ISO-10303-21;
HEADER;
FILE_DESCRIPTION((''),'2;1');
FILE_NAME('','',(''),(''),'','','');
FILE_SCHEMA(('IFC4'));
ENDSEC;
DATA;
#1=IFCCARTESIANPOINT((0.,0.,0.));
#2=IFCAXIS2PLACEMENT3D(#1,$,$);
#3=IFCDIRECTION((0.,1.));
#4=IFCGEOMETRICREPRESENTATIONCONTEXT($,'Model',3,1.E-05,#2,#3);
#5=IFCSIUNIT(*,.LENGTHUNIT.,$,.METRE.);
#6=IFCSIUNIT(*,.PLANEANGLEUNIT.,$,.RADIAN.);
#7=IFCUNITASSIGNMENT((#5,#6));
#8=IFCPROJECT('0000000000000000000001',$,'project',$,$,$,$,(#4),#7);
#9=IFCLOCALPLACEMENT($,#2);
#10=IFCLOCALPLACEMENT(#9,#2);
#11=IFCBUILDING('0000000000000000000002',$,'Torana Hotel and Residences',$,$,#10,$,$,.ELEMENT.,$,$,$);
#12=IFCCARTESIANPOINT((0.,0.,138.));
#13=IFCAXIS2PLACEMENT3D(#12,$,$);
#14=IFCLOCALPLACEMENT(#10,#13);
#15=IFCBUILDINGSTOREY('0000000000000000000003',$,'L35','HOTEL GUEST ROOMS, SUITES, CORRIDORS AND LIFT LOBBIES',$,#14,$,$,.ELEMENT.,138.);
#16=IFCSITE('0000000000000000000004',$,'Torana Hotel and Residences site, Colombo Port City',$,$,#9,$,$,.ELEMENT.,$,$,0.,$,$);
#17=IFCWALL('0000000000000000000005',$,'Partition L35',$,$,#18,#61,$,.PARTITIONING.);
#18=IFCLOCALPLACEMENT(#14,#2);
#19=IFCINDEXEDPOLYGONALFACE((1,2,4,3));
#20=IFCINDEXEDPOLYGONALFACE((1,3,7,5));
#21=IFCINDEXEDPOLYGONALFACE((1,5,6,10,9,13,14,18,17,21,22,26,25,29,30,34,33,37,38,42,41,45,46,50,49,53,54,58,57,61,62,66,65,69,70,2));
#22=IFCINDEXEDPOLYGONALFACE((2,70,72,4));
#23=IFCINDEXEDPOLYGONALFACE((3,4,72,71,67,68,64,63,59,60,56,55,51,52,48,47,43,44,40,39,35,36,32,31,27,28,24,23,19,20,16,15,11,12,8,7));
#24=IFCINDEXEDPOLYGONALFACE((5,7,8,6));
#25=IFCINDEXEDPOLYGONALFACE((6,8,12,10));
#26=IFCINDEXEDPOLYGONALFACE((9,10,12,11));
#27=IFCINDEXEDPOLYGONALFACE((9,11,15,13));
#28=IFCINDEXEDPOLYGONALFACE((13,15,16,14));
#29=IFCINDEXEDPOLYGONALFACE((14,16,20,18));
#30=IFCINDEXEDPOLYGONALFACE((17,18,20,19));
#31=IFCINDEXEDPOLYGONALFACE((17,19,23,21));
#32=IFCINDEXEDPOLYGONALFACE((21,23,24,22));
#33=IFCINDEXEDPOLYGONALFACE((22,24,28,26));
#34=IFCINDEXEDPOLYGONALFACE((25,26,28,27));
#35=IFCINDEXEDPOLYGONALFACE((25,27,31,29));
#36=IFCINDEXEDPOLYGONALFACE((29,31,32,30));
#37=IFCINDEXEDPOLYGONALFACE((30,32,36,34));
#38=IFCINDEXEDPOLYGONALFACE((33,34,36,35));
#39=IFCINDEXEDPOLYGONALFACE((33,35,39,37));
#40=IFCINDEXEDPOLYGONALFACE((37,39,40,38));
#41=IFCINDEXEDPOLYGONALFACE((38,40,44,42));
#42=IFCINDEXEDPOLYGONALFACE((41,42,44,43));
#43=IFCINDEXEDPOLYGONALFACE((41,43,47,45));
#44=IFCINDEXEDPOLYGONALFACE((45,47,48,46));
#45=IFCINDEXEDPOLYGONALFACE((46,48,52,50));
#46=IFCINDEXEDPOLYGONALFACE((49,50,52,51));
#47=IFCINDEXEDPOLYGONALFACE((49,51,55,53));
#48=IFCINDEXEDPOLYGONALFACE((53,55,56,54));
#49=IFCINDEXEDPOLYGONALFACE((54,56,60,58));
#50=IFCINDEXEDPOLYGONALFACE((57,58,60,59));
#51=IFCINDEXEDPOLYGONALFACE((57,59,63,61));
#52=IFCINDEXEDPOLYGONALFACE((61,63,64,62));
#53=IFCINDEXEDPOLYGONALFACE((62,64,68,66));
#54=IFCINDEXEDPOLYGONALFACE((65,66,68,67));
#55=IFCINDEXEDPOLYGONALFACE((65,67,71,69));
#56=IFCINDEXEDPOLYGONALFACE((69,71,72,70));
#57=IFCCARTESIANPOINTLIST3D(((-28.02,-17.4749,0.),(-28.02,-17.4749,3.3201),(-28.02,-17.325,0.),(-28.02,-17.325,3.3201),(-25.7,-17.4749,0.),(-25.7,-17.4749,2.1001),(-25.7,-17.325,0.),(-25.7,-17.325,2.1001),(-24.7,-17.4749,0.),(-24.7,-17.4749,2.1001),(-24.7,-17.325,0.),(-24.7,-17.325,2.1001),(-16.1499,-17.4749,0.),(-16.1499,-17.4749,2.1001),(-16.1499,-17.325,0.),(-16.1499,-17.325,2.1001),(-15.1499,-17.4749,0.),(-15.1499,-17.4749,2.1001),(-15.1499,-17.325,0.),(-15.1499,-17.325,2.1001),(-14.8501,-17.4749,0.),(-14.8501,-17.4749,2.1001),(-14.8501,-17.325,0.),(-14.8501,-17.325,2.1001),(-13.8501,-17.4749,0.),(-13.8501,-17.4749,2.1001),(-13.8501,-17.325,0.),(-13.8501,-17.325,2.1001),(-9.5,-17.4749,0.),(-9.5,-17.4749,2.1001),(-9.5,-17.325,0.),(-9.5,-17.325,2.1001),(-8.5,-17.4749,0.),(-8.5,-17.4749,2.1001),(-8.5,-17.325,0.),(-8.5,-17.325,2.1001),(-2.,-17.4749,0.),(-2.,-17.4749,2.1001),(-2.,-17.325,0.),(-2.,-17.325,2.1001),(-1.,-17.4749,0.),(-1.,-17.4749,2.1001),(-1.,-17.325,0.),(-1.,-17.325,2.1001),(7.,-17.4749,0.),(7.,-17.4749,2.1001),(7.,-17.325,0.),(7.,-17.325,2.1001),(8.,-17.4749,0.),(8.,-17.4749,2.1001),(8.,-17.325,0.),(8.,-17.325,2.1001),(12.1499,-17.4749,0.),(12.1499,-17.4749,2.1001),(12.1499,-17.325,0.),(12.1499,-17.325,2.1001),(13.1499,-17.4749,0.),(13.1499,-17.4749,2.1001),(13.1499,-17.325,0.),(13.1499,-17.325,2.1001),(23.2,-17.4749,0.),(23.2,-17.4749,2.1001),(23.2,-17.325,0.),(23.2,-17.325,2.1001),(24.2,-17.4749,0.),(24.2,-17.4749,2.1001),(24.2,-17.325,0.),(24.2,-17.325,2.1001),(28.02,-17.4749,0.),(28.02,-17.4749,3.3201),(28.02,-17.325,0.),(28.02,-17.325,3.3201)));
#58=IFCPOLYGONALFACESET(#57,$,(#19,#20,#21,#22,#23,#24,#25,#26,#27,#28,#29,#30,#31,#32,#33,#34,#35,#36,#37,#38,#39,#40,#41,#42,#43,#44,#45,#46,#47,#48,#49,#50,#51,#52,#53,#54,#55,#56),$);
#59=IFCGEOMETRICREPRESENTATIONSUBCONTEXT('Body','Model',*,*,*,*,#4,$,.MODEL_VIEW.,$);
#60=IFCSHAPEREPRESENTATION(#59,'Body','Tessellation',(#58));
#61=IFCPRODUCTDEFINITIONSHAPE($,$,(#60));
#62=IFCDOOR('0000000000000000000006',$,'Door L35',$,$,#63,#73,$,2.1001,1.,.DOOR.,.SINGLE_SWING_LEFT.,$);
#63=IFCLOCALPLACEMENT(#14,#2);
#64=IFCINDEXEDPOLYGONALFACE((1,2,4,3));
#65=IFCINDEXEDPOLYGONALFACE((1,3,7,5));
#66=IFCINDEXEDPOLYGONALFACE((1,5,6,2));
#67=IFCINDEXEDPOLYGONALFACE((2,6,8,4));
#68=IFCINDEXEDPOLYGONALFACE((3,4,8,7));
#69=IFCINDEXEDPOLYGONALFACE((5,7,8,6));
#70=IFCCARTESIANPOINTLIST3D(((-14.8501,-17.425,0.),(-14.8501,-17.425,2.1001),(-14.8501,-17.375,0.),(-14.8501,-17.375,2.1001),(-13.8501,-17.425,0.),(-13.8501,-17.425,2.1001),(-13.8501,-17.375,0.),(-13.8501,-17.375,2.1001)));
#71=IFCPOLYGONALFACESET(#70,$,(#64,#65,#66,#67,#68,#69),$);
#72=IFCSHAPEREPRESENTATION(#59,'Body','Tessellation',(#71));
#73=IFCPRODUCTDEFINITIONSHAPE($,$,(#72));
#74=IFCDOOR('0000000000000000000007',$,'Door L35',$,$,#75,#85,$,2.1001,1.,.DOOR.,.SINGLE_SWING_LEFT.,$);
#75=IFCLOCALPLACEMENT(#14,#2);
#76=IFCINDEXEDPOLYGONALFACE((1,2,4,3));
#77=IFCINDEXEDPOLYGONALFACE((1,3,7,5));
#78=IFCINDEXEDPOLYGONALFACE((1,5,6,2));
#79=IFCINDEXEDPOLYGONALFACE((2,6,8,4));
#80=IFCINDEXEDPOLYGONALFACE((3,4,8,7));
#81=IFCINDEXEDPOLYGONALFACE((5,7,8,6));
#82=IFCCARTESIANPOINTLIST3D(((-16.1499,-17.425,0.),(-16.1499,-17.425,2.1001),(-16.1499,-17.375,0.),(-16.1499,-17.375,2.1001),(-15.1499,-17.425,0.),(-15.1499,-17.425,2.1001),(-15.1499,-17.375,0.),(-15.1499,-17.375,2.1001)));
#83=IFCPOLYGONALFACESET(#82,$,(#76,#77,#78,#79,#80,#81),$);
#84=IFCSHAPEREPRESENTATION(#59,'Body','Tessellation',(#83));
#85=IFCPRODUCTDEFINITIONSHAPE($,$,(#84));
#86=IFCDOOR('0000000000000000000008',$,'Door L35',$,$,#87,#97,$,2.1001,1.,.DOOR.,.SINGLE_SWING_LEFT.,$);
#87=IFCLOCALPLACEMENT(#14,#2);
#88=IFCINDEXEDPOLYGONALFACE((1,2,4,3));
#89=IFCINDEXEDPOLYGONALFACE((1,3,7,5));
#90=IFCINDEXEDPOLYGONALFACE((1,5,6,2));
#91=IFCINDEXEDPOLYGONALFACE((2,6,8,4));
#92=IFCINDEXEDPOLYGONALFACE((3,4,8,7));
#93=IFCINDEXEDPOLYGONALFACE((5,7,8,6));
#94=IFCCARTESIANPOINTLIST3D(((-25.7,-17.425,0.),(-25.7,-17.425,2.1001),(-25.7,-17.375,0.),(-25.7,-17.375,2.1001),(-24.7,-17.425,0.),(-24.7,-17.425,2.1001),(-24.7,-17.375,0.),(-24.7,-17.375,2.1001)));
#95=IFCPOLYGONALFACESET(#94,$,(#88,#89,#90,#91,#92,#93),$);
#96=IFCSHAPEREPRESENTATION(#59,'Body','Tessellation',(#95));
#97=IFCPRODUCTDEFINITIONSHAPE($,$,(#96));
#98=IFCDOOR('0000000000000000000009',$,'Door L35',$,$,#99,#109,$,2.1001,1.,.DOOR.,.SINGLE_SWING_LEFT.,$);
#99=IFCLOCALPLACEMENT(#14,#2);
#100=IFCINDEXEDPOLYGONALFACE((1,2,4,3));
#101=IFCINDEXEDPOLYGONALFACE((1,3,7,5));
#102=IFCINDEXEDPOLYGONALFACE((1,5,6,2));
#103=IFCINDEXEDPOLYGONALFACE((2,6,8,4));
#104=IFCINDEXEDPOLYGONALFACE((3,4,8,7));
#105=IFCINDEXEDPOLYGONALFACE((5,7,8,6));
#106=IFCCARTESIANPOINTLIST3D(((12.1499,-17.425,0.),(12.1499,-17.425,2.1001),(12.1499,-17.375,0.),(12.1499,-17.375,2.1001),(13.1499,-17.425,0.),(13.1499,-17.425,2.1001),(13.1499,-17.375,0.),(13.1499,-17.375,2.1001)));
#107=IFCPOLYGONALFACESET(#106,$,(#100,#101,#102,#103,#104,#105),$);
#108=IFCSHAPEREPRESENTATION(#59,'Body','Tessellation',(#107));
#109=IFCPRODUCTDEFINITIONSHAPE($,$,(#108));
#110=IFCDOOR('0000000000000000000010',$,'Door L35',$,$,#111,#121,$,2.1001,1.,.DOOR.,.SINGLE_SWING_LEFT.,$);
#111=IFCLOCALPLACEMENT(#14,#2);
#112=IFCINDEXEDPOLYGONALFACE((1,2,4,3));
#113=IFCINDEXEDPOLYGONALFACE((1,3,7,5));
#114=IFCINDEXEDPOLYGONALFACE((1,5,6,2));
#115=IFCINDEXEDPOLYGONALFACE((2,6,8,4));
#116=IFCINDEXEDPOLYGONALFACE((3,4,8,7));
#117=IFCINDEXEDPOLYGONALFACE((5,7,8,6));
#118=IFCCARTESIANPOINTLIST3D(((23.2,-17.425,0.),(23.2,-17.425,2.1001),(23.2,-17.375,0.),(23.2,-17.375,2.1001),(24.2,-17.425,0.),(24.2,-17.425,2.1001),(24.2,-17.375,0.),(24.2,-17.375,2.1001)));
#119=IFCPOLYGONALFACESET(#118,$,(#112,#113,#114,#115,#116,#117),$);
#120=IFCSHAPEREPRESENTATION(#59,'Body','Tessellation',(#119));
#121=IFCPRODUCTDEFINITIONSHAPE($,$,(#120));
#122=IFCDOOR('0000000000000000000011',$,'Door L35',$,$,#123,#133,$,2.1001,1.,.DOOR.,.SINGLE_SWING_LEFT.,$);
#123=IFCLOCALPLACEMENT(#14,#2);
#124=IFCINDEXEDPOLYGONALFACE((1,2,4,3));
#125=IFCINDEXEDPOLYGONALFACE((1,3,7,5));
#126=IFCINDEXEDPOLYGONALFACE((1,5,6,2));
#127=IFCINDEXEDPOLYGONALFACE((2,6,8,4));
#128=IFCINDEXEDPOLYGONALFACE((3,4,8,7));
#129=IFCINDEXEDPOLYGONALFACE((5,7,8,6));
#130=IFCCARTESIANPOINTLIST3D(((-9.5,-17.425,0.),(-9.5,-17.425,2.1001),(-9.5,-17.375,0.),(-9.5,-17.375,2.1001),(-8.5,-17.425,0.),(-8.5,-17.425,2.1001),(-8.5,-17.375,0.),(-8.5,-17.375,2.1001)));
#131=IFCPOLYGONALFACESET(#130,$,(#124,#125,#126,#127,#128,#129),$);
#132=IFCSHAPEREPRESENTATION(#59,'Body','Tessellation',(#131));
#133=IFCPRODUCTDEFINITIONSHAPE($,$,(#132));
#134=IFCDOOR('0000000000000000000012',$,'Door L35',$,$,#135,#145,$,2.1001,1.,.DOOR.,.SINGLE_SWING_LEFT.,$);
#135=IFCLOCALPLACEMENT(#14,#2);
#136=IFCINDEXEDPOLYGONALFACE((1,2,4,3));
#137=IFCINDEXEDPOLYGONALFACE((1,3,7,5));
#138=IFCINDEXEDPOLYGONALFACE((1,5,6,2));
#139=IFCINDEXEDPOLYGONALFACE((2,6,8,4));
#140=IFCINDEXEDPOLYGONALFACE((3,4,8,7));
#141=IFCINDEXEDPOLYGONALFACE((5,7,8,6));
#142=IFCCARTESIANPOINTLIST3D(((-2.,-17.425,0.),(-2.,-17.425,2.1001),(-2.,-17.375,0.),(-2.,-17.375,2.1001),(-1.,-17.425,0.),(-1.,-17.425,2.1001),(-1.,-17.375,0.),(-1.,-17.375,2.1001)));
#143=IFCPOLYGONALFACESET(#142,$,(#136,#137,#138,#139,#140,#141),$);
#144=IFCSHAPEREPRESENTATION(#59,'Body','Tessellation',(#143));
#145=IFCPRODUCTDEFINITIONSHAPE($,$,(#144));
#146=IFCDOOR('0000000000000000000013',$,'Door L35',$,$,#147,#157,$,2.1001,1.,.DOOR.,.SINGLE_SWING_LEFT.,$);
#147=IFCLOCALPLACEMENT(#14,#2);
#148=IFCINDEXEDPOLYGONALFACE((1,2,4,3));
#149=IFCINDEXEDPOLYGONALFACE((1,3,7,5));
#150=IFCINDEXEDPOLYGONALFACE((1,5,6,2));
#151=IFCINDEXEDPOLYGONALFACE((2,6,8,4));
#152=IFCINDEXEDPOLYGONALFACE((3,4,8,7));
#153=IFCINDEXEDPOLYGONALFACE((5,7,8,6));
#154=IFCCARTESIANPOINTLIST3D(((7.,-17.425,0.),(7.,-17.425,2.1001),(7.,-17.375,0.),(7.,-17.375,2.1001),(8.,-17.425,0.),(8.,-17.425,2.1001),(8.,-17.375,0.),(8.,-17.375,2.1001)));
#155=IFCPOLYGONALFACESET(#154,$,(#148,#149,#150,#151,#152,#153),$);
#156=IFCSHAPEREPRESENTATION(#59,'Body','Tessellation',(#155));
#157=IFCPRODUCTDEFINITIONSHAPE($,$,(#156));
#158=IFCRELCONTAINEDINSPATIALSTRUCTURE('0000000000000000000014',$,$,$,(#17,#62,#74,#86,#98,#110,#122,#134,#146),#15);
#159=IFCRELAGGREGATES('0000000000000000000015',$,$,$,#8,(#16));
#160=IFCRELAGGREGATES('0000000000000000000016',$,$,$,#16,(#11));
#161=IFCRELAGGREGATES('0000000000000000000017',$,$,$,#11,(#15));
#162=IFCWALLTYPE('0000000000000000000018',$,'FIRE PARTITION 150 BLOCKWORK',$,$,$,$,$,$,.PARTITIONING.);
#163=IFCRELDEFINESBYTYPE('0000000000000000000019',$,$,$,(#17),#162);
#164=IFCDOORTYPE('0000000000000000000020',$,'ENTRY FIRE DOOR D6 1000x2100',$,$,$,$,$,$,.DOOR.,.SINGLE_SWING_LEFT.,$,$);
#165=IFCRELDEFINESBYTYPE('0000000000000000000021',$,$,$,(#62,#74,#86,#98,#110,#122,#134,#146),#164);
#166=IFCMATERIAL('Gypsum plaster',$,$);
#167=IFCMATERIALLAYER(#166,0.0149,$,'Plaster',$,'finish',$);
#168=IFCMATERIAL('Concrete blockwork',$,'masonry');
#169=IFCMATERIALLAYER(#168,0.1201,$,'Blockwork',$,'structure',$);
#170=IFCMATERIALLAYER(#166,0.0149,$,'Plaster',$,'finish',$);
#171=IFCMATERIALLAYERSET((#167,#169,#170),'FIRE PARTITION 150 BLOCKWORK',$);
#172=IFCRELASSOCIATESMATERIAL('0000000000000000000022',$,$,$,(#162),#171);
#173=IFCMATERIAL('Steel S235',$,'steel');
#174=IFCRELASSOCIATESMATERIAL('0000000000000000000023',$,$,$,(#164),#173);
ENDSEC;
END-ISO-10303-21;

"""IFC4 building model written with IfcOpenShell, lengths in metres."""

from ifc_helpers import new_model, si_unit, direction, frame, frame_2d, origin, place, context, subcontext, project, spatial, rectangle, extrude, material, layer, layer_set, type_object, element, fill, save


model = new_model("IFC4")

# Units and contexts
model_context = context("Model", 3, precision=1e-05, world=origin(), true_north=direction((0.0, 1.0)))
body_context = subcontext(model_context, "Body", "Model", "MODEL_VIEW")
ifc_project = project(units=[si_unit("LENGTHUNIT", "METRE"), si_unit("PLANEANGLEUNIT", "RADIAN")], contexts=[model_context])

# Site, building, storey
site_placement = place(None, origin())
site = spatial("IfcSite", under=ifc_project, at=site_placement, Name="Torana Hotel and Residences site, Colombo Port City", CompositionType="ELEMENT", RefElevation=0.0)
building_placement = place(site_placement, origin())
building = spatial("IfcBuilding", under=site, at=building_placement, Name="Torana Hotel and Residences", CompositionType="ELEMENT")
storey_placement = place(building_placement, frame((0.0, 0.0, 138.0)))
storey = spatial("IfcBuildingStorey", under=building, at=storey_placement, Name="L35", Description="HOTEL GUEST ROOMS, SUITES, CORRIDORS AND LIFT LOBBIES", CompositionType="ELEMENT", Elevation=138.0)

# Wall, openings, doors
ifc_material_1 = material(Name="Gypsum plaster")
ifc_layer_1 = layer(ifc_material_1, 0.0149, Name="Plaster", Category="finish")
ifc_material_2 = material(Name="Concrete blockwork", Category="masonry")
ifc_layer_2 = layer(ifc_material_2, 0.1201, Name="Blockwork", Category="structure")
ifc_layer_3 = layer(ifc_material_1, 0.0149, Name="Plaster", Category="finish")
ifc_layer_set_1 = layer_set([ifc_layer_1, ifc_layer_2, ifc_layer_3], Name="FIRE PARTITION 150 BLOCKWORK")
wall_type_1 = type_object("IfcWallType", Name="FIRE PARTITION 150 BLOCKWORK", PredefinedType="PARTITIONING", material=ifc_layer_set_1)
wall_1_placement = place(storey_placement, frame((-28.02, -17.3999, 0.0), z_axis=(0.0, 0.0, 1.0), x_axis=(1.0, 0.0, 0.0)))
wall_1 = element("IfcWall", 1, at=wall_1_placement, inside=storey, type_object=wall_type_1, Name="Partition L35", PredefinedType="PARTITIONING", context=body_context, shape_type="SweptSolid", body=[
    extrude(rectangle(XDim=56.04, YDim=0.1499, at=frame_2d((28.02, 0.0))), origin(), (0.0, 0.0, 1.0), 3.3201),
])
opening_1_placement = place(wall_1_placement, frame((13.1699, 0.0, 0.0)))
opening_1 = element("IfcOpeningElement", 2, at=opening_1_placement, cuts=wall_1, PredefinedType="OPENING", context=body_context, shape_type="SweptSolid", body=[
    extrude(rectangle(XDim=1.0, YDim=2.1001, at=frame_2d((0.5, 1.05))), frame((0.0, 0.085, 0.0), z_axis=(0.0, -1.0, 0.0), x_axis=(1.0, 0.0, 0.0)), (0.0, 0.0, 1.0), 0.1699),
])
opening_2_placement = place(wall_1_placement, frame((11.8701, 0.0, 0.0)))
opening_2 = element("IfcOpeningElement", 3, at=opening_2_placement, cuts=wall_1, PredefinedType="OPENING", context=body_context, shape_type="SweptSolid", body=[
    extrude(rectangle(XDim=1.0, YDim=2.1001, at=frame_2d((0.5, 1.05))), frame((0.0, 0.085, 0.0), z_axis=(0.0, -1.0, 0.0), x_axis=(1.0, 0.0, 0.0)), (0.0, 0.0, 1.0), 0.1699),
])
opening_3_placement = place(wall_1_placement, frame((2.3201, 0.0, 0.0)))
opening_3 = element("IfcOpeningElement", 4, at=opening_3_placement, cuts=wall_1, PredefinedType="OPENING", context=body_context, shape_type="SweptSolid", body=[
    extrude(rectangle(XDim=1.0, YDim=2.1001, at=frame_2d((0.5, 1.05))), frame((0.0, 0.085, 0.0), z_axis=(0.0, -1.0, 0.0), x_axis=(1.0, 0.0, 0.0)), (0.0, 0.0, 1.0), 0.1699),
])
opening_4_placement = place(wall_1_placement, frame((40.1699, 0.0, 0.0)))
opening_4 = element("IfcOpeningElement", 5, at=opening_4_placement, cuts=wall_1, PredefinedType="OPENING", context=body_context, shape_type="SweptSolid", body=[
    extrude(rectangle(XDim=1.0, YDim=2.1001, at=frame_2d((0.5, 1.05))), frame((0.0, 0.085, 0.0), z_axis=(0.0, -1.0, 0.0), x_axis=(1.0, 0.0, 0.0)), (0.0, 0.0, 1.0), 0.1699),
])
opening_5_placement = place(wall_1_placement, frame((51.22, 0.0, 0.0)))
opening_5 = element("IfcOpeningElement", 6, at=opening_5_placement, cuts=wall_1, PredefinedType="OPENING", context=body_context, shape_type="SweptSolid", body=[
    extrude(rectangle(XDim=1.0, YDim=2.1001, at=frame_2d((0.5, 1.05))), frame((0.0, 0.085, 0.0), z_axis=(0.0, -1.0, 0.0), x_axis=(1.0, 0.0, 0.0)), (0.0, 0.0, 1.0), 0.1699),
])
opening_6_placement = place(wall_1_placement, frame((18.52, 0.0, 0.0)))
opening_6 = element("IfcOpeningElement", 7, at=opening_6_placement, cuts=wall_1, PredefinedType="OPENING", context=body_context, shape_type="SweptSolid", body=[
    extrude(rectangle(XDim=1.0, YDim=2.1001, at=frame_2d((0.5, 1.05))), frame((0.0, 0.085, 0.0), z_axis=(0.0, -1.0, 0.0), x_axis=(1.0, 0.0, 0.0)), (0.0, 0.0, 1.0), 0.1699),
])
opening_7_placement = place(wall_1_placement, frame((26.02, 0.0, 0.0)))
opening_7 = element("IfcOpeningElement", 8, at=opening_7_placement, cuts=wall_1, PredefinedType="OPENING", context=body_context, shape_type="SweptSolid", body=[
    extrude(rectangle(XDim=1.0, YDim=2.1001, at=frame_2d((0.5, 1.05))), frame((0.0, 0.085, 0.0), z_axis=(0.0, -1.0, 0.0), x_axis=(1.0, 0.0, 0.0)), (0.0, 0.0, 1.0), 0.1699),
])
opening_8_placement = place(wall_1_placement, frame((35.02, 0.0, 0.0)))
opening_8 = element("IfcOpeningElement", 9, at=opening_8_placement, cuts=wall_1, PredefinedType="OPENING", context=body_context, shape_type="SweptSolid", body=[
    extrude(rectangle(XDim=1.0, YDim=2.1001, at=frame_2d((0.5, 1.05))), frame((0.0, 0.085, 0.0), z_axis=(0.0, -1.0, 0.0), x_axis=(1.0, 0.0, 0.0)), (0.0, 0.0, 1.0), 0.1699),
])
ifc_material_3 = material(Name="Steel S235", Category="steel")
door_type_1 = type_object("IfcDoorType", Name="ENTRY FIRE DOOR D6 1000x2100", OperationType="SINGLE_SWING_LEFT", PredefinedType="DOOR", material=ifc_material_3)
door_1_placement = place(opening_1_placement, frame((0.5, 0.0, 0.0), z_axis=(0.0, 0.0, 1.0), x_axis=(-1.0, 0.0, 0.0)))
door_1 = element("IfcDoor", 10, at=door_1_placement, inside=storey, type_object=door_type_1, Name="Door L35", OperationType="SINGLE_SWING_LEFT", OverallHeight=2.1001, OverallWidth=1.0, PredefinedType="DOOR", context=body_context, shape_type="SweptSolid", body=[
    extrude(rectangle(XDim=1.0, YDim=2.1001, at=frame_2d((0.0, 1.05))), frame((0.0, -0.0249, 0.0), z_axis=(0.0, 1.0, 0.0), x_axis=(-1.0, 0.0, 0.0)), (0.0, 0.0, 1.0), 0.05),
])
fill(opening_1, door_1)
door_2_placement = place(opening_2_placement, frame((0.5, 0.0, 0.0), z_axis=(0.0, 0.0, 1.0), x_axis=(-1.0, 0.0, 0.0)))
door_2 = element("IfcDoor", 11, at=door_2_placement, inside=storey, type_object=door_type_1, Name="Door L35", OperationType="SINGLE_SWING_LEFT", OverallHeight=2.1001, OverallWidth=1.0, PredefinedType="DOOR", context=body_context, shape_type="SweptSolid", body=[
    extrude(rectangle(XDim=1.0, YDim=2.1001, at=frame_2d((0.0, 1.05))), frame((0.0, -0.0249, 0.0), z_axis=(0.0, 1.0, 0.0), x_axis=(-1.0, 0.0, 0.0)), (0.0, 0.0, 1.0), 0.05),
])
fill(opening_2, door_2)
door_3_placement = place(opening_3_placement, frame((0.5, 0.0, 0.0), z_axis=(0.0, 0.0, 1.0), x_axis=(-1.0, 0.0, 0.0)))
door_3 = element("IfcDoor", 12, at=door_3_placement, inside=storey, type_object=door_type_1, Name="Door L35", OperationType="SINGLE_SWING_LEFT", OverallHeight=2.1001, OverallWidth=1.0, PredefinedType="DOOR", context=body_context, shape_type="SweptSolid", body=[
    extrude(rectangle(XDim=1.0, YDim=2.1001, at=frame_2d((0.0, 1.05))), frame((0.0, -0.0249, 0.0), z_axis=(0.0, 1.0, 0.0), x_axis=(-1.0, 0.0, 0.0)), (0.0, 0.0, 1.0), 0.05),
])
fill(opening_3, door_3)
door_4_placement = place(opening_4_placement, frame((0.5, 0.0, 0.0), z_axis=(0.0, 0.0, 1.0), x_axis=(-1.0, 0.0, 0.0)))
door_4 = element("IfcDoor", 13, at=door_4_placement, inside=storey, type_object=door_type_1, Name="Door L35", OperationType="SINGLE_SWING_LEFT", OverallHeight=2.1001, OverallWidth=1.0, PredefinedType="DOOR", context=body_context, shape_type="SweptSolid", body=[
    extrude(rectangle(XDim=1.0, YDim=2.1001, at=frame_2d((0.0, 1.05))), frame((0.0, -0.0249, 0.0), z_axis=(0.0, 1.0, 0.0), x_axis=(-1.0, 0.0, 0.0)), (0.0, 0.0, 1.0), 0.05),
])
fill(opening_4, door_4)
door_5_placement = place(opening_5_placement, frame((0.5, 0.0, 0.0), z_axis=(0.0, 0.0, 1.0), x_axis=(-1.0, 0.0, 0.0)))
door_5 = element("IfcDoor", 14, at=door_5_placement, inside=storey, type_object=door_type_1, Name="Door L35", OperationType="SINGLE_SWING_LEFT", OverallHeight=2.1001, OverallWidth=1.0, PredefinedType="DOOR", context=body_context, shape_type="SweptSolid", body=[
    extrude(rectangle(XDim=1.0, YDim=2.1001, at=frame_2d((0.0, 1.05))), frame((0.0, -0.0249, 0.0), z_axis=(0.0, 1.0, 0.0), x_axis=(-1.0, 0.0, 0.0)), (0.0, 0.0, 1.0), 0.05),
])
fill(opening_5, door_5)
door_6_placement = place(opening_6_placement, frame((0.5, 0.0, 0.0), z_axis=(0.0, 0.0, 1.0), x_axis=(-1.0, 0.0, 0.0)))
door_6 = element("IfcDoor", 15, at=door_6_placement, inside=storey, type_object=door_type_1, Name="Door L35", OperationType="SINGLE_SWING_LEFT", OverallHeight=2.1001, OverallWidth=1.0, PredefinedType="DOOR", context=body_context, shape_type="SweptSolid", body=[
    extrude(rectangle(XDim=1.0, YDim=2.1001, at=frame_2d((0.0, 1.05))), frame((0.0, -0.0249, 0.0), z_axis=(0.0, 1.0, 0.0), x_axis=(-1.0, 0.0, 0.0)), (0.0, 0.0, 1.0), 0.05),
])
fill(opening_6, door_6)
door_7_placement = place(opening_7_placement, frame((0.5, 0.0, 0.0), z_axis=(0.0, 0.0, 1.0), x_axis=(-1.0, 0.0, 0.0)))
door_7 = element("IfcDoor", 16, at=door_7_placement, inside=storey, type_object=door_type_1, Name="Door L35", OperationType="SINGLE_SWING_LEFT", OverallHeight=2.1001, OverallWidth=1.0, PredefinedType="DOOR", context=body_context, shape_type="SweptSolid", body=[
    extrude(rectangle(XDim=1.0, YDim=2.1001, at=frame_2d((0.0, 1.05))), frame((0.0, -0.0249, 0.0), z_axis=(0.0, 1.0, 0.0), x_axis=(-1.0, 0.0, 0.0)), (0.0, 0.0, 1.0), 0.05),
])
fill(opening_7, door_7)
door_8_placement = place(opening_8_placement, frame((0.5, 0.0, 0.0), z_axis=(0.0, 0.0, 1.0), x_axis=(-1.0, 0.0, 0.0)))
door_8 = element("IfcDoor", 17, at=door_8_placement, inside=storey, type_object=door_type_1, Name="Door L35", OperationType="SINGLE_SWING_LEFT", OverallHeight=2.1001, OverallWidth=1.0, PredefinedType="DOOR", context=body_context, shape_type="SweptSolid", body=[
    extrude(rectangle(XDim=1.0, YDim=2.1001, at=frame_2d((0.0, 1.05))), frame((0.0, -0.0249, 0.0), z_axis=(0.0, 1.0, 0.0), x_axis=(-1.0, 0.0, 0.0)), (0.0, 0.0, 1.0), 0.05),
])
fill(opening_8, door_8)

save(model, "model.ifc")
